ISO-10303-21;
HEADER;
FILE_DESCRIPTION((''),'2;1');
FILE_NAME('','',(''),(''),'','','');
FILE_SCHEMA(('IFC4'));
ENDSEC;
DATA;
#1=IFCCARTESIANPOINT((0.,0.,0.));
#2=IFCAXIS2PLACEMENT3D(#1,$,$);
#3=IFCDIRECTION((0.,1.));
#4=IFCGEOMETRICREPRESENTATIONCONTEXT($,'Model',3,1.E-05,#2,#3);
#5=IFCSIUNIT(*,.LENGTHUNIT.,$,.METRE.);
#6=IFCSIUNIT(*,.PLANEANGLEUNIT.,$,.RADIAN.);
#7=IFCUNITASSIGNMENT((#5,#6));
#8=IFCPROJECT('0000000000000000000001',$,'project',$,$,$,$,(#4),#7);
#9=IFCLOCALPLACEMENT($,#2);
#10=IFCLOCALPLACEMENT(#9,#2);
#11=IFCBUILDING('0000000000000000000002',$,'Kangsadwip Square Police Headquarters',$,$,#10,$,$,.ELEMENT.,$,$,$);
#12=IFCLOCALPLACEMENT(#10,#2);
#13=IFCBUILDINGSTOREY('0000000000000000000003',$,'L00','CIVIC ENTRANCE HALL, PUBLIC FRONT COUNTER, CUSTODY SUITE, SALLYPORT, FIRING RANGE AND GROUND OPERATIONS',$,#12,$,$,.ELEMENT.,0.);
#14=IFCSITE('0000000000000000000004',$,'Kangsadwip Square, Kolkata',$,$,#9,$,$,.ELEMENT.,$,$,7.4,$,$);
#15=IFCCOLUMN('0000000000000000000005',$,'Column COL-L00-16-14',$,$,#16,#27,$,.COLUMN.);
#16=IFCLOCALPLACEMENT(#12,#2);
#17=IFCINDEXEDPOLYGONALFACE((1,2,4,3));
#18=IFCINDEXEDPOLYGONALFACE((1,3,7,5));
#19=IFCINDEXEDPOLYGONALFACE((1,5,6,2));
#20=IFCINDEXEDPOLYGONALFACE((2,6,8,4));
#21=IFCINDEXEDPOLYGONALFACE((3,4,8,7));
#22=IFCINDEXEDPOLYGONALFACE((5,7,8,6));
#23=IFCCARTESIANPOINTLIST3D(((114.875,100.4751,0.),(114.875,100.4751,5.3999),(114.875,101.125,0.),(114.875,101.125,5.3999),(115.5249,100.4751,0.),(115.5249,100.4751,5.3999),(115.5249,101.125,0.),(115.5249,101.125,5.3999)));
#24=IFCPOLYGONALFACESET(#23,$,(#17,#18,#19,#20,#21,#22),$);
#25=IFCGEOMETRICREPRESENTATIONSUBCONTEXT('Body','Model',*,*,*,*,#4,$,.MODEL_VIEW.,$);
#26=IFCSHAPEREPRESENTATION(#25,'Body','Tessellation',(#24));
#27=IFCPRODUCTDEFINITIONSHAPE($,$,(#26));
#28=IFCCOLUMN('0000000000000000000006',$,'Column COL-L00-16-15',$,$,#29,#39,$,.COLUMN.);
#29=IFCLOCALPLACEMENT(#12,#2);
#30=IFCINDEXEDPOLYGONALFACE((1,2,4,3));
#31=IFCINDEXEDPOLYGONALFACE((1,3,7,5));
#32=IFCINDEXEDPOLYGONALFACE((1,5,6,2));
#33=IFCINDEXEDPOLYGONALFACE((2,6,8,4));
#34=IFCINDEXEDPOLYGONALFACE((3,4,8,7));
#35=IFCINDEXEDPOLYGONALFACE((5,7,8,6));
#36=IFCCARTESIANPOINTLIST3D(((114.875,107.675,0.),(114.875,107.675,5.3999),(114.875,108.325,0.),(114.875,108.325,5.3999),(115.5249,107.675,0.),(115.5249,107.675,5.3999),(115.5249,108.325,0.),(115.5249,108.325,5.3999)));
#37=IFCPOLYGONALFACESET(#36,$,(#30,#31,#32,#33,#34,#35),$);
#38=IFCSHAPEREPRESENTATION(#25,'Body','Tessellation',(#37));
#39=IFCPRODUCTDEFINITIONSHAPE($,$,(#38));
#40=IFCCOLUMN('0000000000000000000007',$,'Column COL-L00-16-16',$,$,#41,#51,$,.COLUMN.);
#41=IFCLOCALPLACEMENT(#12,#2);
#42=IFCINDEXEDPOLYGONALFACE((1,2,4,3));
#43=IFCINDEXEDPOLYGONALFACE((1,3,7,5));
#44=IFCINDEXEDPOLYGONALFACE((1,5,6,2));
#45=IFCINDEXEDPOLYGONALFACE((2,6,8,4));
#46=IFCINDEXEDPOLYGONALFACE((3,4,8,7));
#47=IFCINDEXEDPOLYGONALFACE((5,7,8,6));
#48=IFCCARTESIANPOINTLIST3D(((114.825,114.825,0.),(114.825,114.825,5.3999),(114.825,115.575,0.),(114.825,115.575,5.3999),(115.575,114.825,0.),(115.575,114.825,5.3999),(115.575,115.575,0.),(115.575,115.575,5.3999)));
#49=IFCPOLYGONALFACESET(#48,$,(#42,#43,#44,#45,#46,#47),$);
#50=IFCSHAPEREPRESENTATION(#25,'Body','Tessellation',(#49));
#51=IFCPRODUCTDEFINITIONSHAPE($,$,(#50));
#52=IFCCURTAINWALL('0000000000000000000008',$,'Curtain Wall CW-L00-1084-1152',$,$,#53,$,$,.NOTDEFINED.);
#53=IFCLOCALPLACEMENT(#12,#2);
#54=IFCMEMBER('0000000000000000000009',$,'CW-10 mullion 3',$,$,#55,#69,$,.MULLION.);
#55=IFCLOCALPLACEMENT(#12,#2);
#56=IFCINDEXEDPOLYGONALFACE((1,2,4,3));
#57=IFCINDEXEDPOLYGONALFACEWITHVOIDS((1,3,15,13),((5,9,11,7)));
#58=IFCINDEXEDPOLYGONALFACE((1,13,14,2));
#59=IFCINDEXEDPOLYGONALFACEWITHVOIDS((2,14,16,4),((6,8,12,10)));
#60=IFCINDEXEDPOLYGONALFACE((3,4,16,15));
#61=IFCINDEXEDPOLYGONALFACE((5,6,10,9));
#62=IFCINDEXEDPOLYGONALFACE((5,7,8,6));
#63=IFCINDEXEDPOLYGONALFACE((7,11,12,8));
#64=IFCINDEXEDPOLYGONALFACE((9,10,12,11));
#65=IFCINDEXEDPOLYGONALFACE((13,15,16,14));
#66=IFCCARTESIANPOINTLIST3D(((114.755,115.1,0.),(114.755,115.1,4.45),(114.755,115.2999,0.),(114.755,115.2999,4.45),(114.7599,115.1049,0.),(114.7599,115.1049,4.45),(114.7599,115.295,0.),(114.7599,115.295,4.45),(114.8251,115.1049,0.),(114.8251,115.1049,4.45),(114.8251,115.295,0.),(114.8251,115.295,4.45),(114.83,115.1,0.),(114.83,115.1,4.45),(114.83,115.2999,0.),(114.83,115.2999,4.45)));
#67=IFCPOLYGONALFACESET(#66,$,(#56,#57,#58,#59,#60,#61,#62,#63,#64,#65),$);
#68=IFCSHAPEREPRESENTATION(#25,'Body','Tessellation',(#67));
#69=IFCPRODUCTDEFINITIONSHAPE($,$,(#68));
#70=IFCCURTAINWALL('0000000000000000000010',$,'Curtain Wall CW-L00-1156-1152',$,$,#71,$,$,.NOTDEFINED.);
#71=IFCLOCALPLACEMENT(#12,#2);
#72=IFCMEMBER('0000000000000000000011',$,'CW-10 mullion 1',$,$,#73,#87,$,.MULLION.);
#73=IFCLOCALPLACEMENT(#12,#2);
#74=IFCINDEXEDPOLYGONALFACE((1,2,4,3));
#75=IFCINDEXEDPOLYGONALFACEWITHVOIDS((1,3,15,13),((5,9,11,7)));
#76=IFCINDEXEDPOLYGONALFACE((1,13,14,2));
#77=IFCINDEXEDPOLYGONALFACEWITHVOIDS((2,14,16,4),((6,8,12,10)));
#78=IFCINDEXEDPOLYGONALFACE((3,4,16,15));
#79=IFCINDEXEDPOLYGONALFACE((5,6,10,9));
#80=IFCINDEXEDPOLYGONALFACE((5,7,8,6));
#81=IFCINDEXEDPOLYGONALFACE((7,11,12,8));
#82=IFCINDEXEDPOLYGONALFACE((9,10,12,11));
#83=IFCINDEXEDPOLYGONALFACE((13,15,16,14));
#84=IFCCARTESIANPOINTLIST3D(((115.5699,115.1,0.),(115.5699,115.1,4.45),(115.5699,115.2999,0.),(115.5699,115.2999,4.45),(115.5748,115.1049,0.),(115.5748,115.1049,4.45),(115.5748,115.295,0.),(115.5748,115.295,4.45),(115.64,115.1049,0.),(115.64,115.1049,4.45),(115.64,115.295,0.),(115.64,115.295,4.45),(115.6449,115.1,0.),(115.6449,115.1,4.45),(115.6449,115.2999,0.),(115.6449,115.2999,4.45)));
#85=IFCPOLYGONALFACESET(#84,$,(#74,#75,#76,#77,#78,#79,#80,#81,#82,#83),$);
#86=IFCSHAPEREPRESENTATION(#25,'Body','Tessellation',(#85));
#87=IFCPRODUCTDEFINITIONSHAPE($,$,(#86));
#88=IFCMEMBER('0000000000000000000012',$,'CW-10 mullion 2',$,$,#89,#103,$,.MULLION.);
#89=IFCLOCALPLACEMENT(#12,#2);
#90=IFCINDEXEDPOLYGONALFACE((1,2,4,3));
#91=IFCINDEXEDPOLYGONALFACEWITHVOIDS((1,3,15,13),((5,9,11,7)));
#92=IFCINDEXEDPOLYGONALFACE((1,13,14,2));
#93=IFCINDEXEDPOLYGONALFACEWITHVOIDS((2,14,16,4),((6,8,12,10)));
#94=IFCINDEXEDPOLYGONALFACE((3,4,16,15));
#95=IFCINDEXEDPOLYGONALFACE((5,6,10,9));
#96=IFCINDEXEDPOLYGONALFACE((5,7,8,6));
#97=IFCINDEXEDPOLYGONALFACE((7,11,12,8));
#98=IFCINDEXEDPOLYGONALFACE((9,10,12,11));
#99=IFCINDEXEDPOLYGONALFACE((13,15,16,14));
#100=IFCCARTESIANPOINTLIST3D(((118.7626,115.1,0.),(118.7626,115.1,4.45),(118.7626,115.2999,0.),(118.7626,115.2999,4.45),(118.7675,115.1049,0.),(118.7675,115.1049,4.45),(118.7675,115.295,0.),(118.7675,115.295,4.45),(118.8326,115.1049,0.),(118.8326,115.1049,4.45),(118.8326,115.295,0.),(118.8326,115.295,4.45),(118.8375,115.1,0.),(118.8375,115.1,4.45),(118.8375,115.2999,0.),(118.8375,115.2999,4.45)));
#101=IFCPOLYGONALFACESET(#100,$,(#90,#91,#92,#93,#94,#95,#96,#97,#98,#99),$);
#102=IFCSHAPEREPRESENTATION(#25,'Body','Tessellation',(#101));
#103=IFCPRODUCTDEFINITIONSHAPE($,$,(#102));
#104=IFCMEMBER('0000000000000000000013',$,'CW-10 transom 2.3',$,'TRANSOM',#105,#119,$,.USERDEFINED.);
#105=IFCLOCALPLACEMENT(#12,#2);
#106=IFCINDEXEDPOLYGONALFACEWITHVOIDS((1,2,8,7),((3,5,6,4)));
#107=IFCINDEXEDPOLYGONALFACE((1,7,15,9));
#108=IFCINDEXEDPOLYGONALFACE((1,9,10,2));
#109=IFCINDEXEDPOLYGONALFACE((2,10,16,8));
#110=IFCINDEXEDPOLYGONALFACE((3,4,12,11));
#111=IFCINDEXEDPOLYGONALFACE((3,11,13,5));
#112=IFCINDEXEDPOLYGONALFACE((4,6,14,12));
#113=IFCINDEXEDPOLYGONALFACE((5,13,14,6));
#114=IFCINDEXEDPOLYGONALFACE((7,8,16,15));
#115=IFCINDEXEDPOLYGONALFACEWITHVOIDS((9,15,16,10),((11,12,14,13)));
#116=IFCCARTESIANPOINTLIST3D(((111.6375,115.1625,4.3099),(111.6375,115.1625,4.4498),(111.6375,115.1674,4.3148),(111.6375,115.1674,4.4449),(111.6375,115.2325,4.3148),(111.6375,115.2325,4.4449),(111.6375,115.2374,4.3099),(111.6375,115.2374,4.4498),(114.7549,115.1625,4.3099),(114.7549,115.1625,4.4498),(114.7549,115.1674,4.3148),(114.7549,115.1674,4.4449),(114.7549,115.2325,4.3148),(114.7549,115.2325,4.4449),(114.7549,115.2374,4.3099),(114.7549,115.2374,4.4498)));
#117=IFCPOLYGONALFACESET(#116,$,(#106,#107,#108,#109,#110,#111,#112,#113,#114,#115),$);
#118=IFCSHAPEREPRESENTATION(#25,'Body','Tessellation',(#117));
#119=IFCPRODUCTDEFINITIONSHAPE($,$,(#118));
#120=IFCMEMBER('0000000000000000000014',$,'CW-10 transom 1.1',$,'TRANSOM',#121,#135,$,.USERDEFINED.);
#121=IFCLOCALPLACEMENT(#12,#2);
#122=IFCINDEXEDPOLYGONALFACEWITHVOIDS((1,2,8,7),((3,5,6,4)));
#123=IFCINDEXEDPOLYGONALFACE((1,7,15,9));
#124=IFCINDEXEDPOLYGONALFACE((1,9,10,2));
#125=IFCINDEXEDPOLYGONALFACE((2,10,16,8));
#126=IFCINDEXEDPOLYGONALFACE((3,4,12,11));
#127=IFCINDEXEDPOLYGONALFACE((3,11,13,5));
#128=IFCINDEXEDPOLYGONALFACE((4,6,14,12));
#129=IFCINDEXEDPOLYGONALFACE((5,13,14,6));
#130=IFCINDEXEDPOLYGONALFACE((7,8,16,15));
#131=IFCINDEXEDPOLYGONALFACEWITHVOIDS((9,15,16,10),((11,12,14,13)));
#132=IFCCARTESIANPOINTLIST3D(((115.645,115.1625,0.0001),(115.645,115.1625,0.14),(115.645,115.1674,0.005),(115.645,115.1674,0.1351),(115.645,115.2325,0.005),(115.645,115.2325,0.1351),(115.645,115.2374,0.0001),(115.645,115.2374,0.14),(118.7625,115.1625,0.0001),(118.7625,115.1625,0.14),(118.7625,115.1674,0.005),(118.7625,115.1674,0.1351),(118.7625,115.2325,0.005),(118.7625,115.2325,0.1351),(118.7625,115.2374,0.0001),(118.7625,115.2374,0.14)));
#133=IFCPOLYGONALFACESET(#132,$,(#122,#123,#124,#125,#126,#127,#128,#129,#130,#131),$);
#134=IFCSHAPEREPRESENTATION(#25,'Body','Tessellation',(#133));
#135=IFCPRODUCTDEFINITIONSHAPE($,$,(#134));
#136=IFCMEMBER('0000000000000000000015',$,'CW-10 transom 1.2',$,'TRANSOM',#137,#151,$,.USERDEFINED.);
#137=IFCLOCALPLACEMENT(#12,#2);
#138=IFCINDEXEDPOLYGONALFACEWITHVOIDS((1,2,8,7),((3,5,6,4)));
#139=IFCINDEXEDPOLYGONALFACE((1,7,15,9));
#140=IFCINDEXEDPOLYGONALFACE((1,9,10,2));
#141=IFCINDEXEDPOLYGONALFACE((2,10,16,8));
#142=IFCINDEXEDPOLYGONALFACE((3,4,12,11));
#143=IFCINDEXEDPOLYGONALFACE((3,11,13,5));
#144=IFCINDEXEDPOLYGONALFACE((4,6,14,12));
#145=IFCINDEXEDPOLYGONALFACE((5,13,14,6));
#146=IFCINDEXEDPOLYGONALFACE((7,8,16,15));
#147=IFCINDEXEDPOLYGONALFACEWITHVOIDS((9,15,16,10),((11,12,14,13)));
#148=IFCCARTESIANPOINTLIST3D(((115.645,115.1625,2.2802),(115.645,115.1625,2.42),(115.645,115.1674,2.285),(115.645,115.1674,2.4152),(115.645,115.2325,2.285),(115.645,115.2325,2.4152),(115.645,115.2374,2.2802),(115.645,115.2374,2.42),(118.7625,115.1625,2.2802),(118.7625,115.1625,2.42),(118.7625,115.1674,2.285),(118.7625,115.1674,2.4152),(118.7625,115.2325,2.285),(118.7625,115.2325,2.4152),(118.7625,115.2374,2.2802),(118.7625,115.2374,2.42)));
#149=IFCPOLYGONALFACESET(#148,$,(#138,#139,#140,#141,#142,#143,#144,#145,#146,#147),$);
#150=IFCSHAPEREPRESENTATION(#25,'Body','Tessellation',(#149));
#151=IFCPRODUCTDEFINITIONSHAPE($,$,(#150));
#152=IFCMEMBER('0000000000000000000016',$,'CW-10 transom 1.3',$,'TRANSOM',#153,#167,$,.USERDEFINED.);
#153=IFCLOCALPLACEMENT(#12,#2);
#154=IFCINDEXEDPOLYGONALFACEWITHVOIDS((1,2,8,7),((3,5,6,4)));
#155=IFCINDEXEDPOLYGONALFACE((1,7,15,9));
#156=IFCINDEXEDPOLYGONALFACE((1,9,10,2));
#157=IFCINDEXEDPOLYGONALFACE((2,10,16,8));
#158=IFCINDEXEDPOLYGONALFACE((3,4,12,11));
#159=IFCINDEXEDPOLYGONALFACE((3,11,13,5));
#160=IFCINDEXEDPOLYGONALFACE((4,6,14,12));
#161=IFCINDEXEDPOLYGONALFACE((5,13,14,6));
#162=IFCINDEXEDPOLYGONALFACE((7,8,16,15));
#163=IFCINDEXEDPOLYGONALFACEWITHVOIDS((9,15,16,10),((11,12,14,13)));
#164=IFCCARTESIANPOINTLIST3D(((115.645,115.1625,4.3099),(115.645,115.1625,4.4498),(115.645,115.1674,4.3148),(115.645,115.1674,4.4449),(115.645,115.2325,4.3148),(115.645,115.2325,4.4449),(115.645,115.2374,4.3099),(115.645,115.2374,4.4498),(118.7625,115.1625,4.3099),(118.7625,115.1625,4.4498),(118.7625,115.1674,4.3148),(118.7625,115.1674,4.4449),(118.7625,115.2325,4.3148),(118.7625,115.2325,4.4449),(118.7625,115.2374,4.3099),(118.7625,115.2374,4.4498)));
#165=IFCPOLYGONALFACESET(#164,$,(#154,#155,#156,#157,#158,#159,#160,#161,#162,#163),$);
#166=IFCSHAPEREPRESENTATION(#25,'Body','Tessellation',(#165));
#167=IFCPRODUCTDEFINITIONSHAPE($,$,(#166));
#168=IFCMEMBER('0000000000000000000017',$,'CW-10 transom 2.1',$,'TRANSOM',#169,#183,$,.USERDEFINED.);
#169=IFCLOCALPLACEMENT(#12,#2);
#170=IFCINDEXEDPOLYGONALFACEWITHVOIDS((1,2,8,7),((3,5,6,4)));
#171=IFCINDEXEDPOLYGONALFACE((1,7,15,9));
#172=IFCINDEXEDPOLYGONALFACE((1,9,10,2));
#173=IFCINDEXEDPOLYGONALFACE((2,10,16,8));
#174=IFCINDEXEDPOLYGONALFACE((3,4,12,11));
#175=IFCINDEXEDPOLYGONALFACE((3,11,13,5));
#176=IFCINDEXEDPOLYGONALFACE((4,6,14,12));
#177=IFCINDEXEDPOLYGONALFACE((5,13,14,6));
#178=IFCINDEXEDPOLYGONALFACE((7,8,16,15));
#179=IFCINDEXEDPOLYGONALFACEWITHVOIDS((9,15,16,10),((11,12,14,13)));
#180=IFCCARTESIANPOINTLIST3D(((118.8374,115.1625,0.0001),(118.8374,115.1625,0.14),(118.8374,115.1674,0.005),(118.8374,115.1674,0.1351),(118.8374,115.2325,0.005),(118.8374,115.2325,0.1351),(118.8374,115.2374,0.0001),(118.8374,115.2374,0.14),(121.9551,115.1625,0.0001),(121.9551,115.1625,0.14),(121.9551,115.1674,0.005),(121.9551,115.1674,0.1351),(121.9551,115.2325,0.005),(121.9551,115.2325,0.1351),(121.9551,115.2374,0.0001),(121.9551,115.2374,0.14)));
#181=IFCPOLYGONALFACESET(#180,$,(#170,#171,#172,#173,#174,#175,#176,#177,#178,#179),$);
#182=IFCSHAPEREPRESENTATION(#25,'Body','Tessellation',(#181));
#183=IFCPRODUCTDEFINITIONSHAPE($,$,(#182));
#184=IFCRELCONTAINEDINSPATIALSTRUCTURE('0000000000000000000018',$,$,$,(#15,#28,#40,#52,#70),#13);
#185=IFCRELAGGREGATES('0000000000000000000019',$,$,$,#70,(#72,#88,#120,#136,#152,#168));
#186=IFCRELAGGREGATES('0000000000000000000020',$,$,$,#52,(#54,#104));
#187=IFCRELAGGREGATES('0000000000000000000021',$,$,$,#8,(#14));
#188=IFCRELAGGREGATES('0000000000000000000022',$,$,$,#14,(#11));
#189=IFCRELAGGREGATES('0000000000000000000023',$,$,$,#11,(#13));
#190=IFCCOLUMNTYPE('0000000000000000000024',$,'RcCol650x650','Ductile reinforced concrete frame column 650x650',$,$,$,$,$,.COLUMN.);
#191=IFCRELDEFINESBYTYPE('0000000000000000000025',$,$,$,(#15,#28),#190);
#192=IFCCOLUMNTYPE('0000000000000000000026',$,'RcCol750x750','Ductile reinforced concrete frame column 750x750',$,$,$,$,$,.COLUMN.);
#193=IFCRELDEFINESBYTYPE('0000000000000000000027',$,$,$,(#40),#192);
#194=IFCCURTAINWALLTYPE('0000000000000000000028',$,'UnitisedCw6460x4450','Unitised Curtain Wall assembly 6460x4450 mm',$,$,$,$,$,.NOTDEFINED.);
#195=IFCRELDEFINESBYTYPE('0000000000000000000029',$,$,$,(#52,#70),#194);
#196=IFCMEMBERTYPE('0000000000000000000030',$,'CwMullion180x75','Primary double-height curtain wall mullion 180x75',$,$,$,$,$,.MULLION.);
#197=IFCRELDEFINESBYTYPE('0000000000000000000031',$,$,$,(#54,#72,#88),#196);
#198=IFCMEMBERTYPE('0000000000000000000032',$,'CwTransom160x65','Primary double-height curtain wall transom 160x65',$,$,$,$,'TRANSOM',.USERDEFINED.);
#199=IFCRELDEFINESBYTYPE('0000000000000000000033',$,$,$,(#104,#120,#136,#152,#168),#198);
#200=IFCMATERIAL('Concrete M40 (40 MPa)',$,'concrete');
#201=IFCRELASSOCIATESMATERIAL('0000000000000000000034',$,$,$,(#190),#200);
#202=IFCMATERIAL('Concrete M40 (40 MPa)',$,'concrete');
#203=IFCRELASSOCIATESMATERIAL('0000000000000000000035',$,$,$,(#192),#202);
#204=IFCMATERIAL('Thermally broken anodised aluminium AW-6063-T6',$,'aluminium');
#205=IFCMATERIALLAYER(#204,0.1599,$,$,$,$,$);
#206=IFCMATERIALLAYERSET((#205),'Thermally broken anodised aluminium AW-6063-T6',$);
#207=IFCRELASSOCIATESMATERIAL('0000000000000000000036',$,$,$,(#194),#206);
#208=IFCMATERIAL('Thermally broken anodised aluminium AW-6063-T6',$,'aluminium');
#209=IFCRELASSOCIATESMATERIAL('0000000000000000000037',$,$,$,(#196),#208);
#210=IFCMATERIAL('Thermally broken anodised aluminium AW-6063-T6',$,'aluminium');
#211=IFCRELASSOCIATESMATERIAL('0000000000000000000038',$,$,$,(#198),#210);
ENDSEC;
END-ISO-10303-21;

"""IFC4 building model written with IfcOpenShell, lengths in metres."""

from ifc_helpers import new_model, si_unit, direction, frame, origin, origin_2d, place, context, subcontext, project, spatial, rectangle, hollow_rectangle, extrude, material, layer, layer_set, material_profile, profile_set, type_object, element, aggregate, save


model = new_model("IFC4")

# Units and contexts
model_context = context("Model", 3, precision=1e-05, world=origin(), true_north=direction((0.0, 1.0)))
body_context = subcontext(model_context, "Body", "Model", "MODEL_VIEW")
ifc_project = project(units=[si_unit("LENGTHUNIT", "METRE"), si_unit("PLANEANGLEUNIT", "RADIAN")], contexts=[model_context])

# Site, building, storey
site_placement = place(None, origin())
site = spatial("IfcSite", under=ifc_project, at=site_placement, Name="Kangsadwip Square, Kolkata", CompositionType="ELEMENT", RefElevation=7.4)
building_placement = place(site_placement, origin())
building = spatial("IfcBuilding", under=site, at=building_placement, Name="Kangsadwip Square Police Headquarters", CompositionType="ELEMENT")
storey_placement = place(building_placement, origin())
storey = spatial("IfcBuildingStorey", under=building, at=storey_placement, Name="L00", Description="CIVIC ENTRANCE HALL, PUBLIC FRONT COUNTER, CUSTODY SUITE, SALLYPORT, FIRING RANGE AND GROUND OPERATIONS", CompositionType="ELEMENT", Elevation=0.0)

# Columns
ifc_material_1 = material(Name="Concrete M40 (40 MPa)", Category="concrete")
ifc_material_profile_1 = material_profile(ifc_material_1, rectangle(XDim=0.6499, YDim=0.6499, at=origin_2d()), Name="RC COL 650X650")
ifc_profile_set_1 = profile_set([ifc_material_profile_1], Name="Concrete M40 (40 MPa)")
column_type_1 = type_object("IfcColumnType", Name="RcCol650x650", Description="Ductile reinforced concrete frame column 650x650", PredefinedType="COLUMN", material=ifc_profile_set_1)
for number, where, z_axis, x_axis, name in (
    (1, (115.2, 100.8, 0.0), (0.0, 0.0, 1.0), (1.0, 0.0, 0.0), "Column COL-L00-16-14"),
    (2, (115.2, 108.0, 0.0), (0.0, 0.0, 1.0), (1.0, 0.0, 0.0), "Column COL-L00-16-15"),
):
    element("IfcColumn", number, at=place(storey_placement, frame(where, z_axis=z_axis, x_axis=x_axis)), inside=storey, type_object=column_type_1, Name=name, PredefinedType="COLUMN", context=body_context, shape_type="SweptSolid", body=[
        extrude(rectangle(XDim=0.6499, YDim=0.6499, at=origin_2d()), origin(), (0.0, 0.0, 1.0), 5.3999),
    ])
ifc_material_2 = material(Name="Concrete M40 (40 MPa)", Category="concrete")
ifc_material_profile_2 = material_profile(ifc_material_2, rectangle(XDim=0.75, YDim=0.75, at=origin_2d()), Name="RC COL 750X750")
ifc_profile_set_2 = profile_set([ifc_material_profile_2], Name="Concrete M40 (40 MPa)")
column_type_2 = type_object("IfcColumnType", Name="RcCol750x750", Description="Ductile reinforced concrete frame column 750x750", PredefinedType="COLUMN", material=ifc_profile_set_2)
column_placement = place(storey_placement, frame((115.2, 115.2, 0.0), z_axis=(0.0, 0.0, 1.0), x_axis=(1.0, 0.0, 0.0)))
element("IfcColumn", 3, at=column_placement, inside=storey, type_object=column_type_2, Name="Column COL-L00-16-16", PredefinedType="COLUMN", context=body_context, shape_type="SweptSolid", body=[
    extrude(rectangle(XDim=0.75, YDim=0.75, at=origin_2d()), origin(), (0.0, 0.0, 1.0), 5.3999),
])

# Curtain wall, member
ifc_material_3 = material(Name="Thermally broken anodised aluminium AW-6063-T6", Category="aluminium")
ifc_layer_1 = layer(ifc_material_3, 0.1599)
ifc_layer_set_1 = layer_set([ifc_layer_1], Name="Thermally broken anodised aluminium AW-6063-T6")
curtain_wall_type = type_object("IfcCurtainWallType", Name="UnitisedCw6460x4450", Description="Unitised Curtain Wall assembly 6460x4450 mm", PredefinedType="NOTDEFINED", material=ifc_layer_set_1)
curtain_wall_1_placement = place(storey_placement, origin())
curtain_wall_1 = element("IfcCurtainWall", 4, at=curtain_wall_1_placement, inside=storey, type_object=curtain_wall_type, Name="Curtain Wall CW-L00-1084-1152", PredefinedType="NOTDEFINED")
ifc_material_4 = material(Name="Thermally broken anodised aluminium AW-6063-T6", Category="aluminium")
ifc_material_profile_3 = material_profile(ifc_material_4, hollow_rectangle(XDim=0.075, YDim=0.2, WallThickness=0.0049, at=origin_2d()), Name="CWM 200X75X5")
ifc_profile_set_3 = profile_set([ifc_material_profile_3], Name="Thermally broken anodised aluminium AW-6063-T6")
member_type_1 = type_object("IfcMemberType", Name="CwMullion180x75", Description="Primary double-height curtain wall mullion 180x75", PredefinedType="MULLION", material=ifc_profile_set_3)
member_1_placement = place(storey_placement, frame((114.7925, 115.2, 0.0), z_axis=(0.0, 0.0, 1.0), x_axis=(1.0, 0.0, 0.0)))
member_1 = element("IfcMember", 5, at=member_1_placement, type_object=member_type_1, Name="CW-10 mullion 3", PredefinedType="MULLION", context=body_context, shape_type="SweptSolid", body=[
    extrude(hollow_rectangle(XDim=0.075, YDim=0.2, WallThickness=0.0049, at=origin_2d()), origin(), (0.0, 0.0, 1.0), 4.45),
])

# Curtain wall, members
curtain_wall_2_placement = place(storey_placement, origin())
curtain_wall_2 = element("IfcCurtainWall", 6, at=curtain_wall_2_placement, inside=storey, type_object=curtain_wall_type, Name="Curtain Wall CW-L00-1156-1152", PredefinedType="NOTDEFINED")
member_2_placement = place(storey_placement, frame((115.6074, 115.2, 0.0), z_axis=(0.0, 0.0, 1.0), x_axis=(1.0, 0.0, 0.0)))
member_2 = element("IfcMember", 7, at=member_2_placement, type_object=member_type_1, Name="CW-10 mullion 1", PredefinedType="MULLION", context=body_context, shape_type="SweptSolid", body=[
    extrude(hollow_rectangle(XDim=0.075, YDim=0.2, WallThickness=0.0049, at=origin_2d()), origin(), (0.0, 0.0, 1.0), 4.45),
])
member_3_placement = place(storey_placement, frame((118.8, 115.2, 0.0), z_axis=(0.0, 0.0, 1.0), x_axis=(1.0, 0.0, 0.0)))
member_3 = element("IfcMember", 8, at=member_3_placement, type_object=member_type_1, Name="CW-10 mullion 2", PredefinedType="MULLION", context=body_context, shape_type="SweptSolid", body=[
    extrude(hollow_rectangle(XDim=0.075, YDim=0.2, WallThickness=0.0049, at=origin_2d()), origin(), (0.0, 0.0, 1.0), 4.45),
])

# Members
ifc_material_5 = material(Name="Thermally broken anodised aluminium AW-6063-T6", Category="aluminium")
ifc_material_profile_4 = material_profile(ifc_material_5, hollow_rectangle(XDim=0.075, YDim=0.1399, WallThickness=0.0049, at=origin_2d()), Name="CWT 140X75X5")
ifc_profile_set_4 = profile_set([ifc_material_profile_4], Name="Thermally broken anodised aluminium AW-6063-T6")
member_type_2 = type_object("IfcMemberType", Name="CwTransom160x65", Description="Primary double-height curtain wall transom 160x65", ElementType="TRANSOM", PredefinedType="USERDEFINED", material=ifc_profile_set_4)
member_4_placement = place(storey_placement, frame((111.6375, 115.2, 4.3799), z_axis=(1.0, 0.0, 0.0), x_axis=(0.0, 1.0, 0.0)))
member_4 = element("IfcMember", 9, at=member_4_placement, type_object=member_type_2, Name="CW-10 transom 2.3", ObjectType="TRANSOM", PredefinedType="USERDEFINED", context=body_context, shape_type="SweptSolid", body=[
    extrude(hollow_rectangle(XDim=0.075, YDim=0.1399, WallThickness=0.0049, at=origin_2d()), origin(), (0.0, 0.0, 1.0), 3.1174),
])
member_5_placement = place(storey_placement, frame((115.645, 115.2, 0.0701), z_axis=(1.0, 0.0, 0.0), x_axis=(0.0, 1.0, 0.0)))
member_5 = element("IfcMember", 10, at=member_5_placement, type_object=member_type_2, Name="CW-10 transom 1.1", ObjectType="TRANSOM", PredefinedType="USERDEFINED", context=body_context, shape_type="SweptSolid", body=[
    extrude(hollow_rectangle(XDim=0.075, YDim=0.1399, WallThickness=0.0049, at=origin_2d()), origin(), (0.0, 0.0, 1.0), 3.1174),
])
member_6_placement = place(storey_placement, frame((115.645, 115.2, 2.3501), z_axis=(1.0, 0.0, 0.0), x_axis=(0.0, 1.0, 0.0)))
member_6 = element("IfcMember", 11, at=member_6_placement, type_object=member_type_2, Name="CW-10 transom 1.2", ObjectType="TRANSOM", PredefinedType="USERDEFINED", context=body_context, shape_type="SweptSolid", body=[
    extrude(hollow_rectangle(XDim=0.075, YDim=0.1399, WallThickness=0.0049, at=origin_2d()), origin(), (0.0, 0.0, 1.0), 3.1174),
])
member_7_placement = place(storey_placement, frame((115.645, 115.2, 4.3799), z_axis=(1.0, 0.0, 0.0), x_axis=(0.0, 1.0, 0.0)))
member_7 = element("IfcMember", 12, at=member_7_placement, type_object=member_type_2, Name="CW-10 transom 1.3", ObjectType="TRANSOM", PredefinedType="USERDEFINED", context=body_context, shape_type="SweptSolid", body=[
    extrude(hollow_rectangle(XDim=0.075, YDim=0.1399, WallThickness=0.0049, at=origin_2d()), origin(), (0.0, 0.0, 1.0), 3.1174),
])
member_8_placement = place(storey_placement, frame((118.8374, 115.2, 0.0701), z_axis=(1.0, 0.0, 0.0), x_axis=(0.0, 1.0, 0.0)))
member_8 = element("IfcMember", 13, at=member_8_placement, type_object=member_type_2, Name="CW-10 transom 2.1", ObjectType="TRANSOM", PredefinedType="USERDEFINED", context=body_context, shape_type="SweptSolid", body=[
    extrude(hollow_rectangle(XDim=0.075, YDim=0.1399, WallThickness=0.0049, at=origin_2d()), origin(), (0.0, 0.0, 1.0), 3.1177),
])

aggregate(curtain_wall_2, [member_2, member_3, member_5, member_6, member_7, member_8])
aggregate(curtain_wall_1, [member_1, member_4])

save(model, "model.ifc")
